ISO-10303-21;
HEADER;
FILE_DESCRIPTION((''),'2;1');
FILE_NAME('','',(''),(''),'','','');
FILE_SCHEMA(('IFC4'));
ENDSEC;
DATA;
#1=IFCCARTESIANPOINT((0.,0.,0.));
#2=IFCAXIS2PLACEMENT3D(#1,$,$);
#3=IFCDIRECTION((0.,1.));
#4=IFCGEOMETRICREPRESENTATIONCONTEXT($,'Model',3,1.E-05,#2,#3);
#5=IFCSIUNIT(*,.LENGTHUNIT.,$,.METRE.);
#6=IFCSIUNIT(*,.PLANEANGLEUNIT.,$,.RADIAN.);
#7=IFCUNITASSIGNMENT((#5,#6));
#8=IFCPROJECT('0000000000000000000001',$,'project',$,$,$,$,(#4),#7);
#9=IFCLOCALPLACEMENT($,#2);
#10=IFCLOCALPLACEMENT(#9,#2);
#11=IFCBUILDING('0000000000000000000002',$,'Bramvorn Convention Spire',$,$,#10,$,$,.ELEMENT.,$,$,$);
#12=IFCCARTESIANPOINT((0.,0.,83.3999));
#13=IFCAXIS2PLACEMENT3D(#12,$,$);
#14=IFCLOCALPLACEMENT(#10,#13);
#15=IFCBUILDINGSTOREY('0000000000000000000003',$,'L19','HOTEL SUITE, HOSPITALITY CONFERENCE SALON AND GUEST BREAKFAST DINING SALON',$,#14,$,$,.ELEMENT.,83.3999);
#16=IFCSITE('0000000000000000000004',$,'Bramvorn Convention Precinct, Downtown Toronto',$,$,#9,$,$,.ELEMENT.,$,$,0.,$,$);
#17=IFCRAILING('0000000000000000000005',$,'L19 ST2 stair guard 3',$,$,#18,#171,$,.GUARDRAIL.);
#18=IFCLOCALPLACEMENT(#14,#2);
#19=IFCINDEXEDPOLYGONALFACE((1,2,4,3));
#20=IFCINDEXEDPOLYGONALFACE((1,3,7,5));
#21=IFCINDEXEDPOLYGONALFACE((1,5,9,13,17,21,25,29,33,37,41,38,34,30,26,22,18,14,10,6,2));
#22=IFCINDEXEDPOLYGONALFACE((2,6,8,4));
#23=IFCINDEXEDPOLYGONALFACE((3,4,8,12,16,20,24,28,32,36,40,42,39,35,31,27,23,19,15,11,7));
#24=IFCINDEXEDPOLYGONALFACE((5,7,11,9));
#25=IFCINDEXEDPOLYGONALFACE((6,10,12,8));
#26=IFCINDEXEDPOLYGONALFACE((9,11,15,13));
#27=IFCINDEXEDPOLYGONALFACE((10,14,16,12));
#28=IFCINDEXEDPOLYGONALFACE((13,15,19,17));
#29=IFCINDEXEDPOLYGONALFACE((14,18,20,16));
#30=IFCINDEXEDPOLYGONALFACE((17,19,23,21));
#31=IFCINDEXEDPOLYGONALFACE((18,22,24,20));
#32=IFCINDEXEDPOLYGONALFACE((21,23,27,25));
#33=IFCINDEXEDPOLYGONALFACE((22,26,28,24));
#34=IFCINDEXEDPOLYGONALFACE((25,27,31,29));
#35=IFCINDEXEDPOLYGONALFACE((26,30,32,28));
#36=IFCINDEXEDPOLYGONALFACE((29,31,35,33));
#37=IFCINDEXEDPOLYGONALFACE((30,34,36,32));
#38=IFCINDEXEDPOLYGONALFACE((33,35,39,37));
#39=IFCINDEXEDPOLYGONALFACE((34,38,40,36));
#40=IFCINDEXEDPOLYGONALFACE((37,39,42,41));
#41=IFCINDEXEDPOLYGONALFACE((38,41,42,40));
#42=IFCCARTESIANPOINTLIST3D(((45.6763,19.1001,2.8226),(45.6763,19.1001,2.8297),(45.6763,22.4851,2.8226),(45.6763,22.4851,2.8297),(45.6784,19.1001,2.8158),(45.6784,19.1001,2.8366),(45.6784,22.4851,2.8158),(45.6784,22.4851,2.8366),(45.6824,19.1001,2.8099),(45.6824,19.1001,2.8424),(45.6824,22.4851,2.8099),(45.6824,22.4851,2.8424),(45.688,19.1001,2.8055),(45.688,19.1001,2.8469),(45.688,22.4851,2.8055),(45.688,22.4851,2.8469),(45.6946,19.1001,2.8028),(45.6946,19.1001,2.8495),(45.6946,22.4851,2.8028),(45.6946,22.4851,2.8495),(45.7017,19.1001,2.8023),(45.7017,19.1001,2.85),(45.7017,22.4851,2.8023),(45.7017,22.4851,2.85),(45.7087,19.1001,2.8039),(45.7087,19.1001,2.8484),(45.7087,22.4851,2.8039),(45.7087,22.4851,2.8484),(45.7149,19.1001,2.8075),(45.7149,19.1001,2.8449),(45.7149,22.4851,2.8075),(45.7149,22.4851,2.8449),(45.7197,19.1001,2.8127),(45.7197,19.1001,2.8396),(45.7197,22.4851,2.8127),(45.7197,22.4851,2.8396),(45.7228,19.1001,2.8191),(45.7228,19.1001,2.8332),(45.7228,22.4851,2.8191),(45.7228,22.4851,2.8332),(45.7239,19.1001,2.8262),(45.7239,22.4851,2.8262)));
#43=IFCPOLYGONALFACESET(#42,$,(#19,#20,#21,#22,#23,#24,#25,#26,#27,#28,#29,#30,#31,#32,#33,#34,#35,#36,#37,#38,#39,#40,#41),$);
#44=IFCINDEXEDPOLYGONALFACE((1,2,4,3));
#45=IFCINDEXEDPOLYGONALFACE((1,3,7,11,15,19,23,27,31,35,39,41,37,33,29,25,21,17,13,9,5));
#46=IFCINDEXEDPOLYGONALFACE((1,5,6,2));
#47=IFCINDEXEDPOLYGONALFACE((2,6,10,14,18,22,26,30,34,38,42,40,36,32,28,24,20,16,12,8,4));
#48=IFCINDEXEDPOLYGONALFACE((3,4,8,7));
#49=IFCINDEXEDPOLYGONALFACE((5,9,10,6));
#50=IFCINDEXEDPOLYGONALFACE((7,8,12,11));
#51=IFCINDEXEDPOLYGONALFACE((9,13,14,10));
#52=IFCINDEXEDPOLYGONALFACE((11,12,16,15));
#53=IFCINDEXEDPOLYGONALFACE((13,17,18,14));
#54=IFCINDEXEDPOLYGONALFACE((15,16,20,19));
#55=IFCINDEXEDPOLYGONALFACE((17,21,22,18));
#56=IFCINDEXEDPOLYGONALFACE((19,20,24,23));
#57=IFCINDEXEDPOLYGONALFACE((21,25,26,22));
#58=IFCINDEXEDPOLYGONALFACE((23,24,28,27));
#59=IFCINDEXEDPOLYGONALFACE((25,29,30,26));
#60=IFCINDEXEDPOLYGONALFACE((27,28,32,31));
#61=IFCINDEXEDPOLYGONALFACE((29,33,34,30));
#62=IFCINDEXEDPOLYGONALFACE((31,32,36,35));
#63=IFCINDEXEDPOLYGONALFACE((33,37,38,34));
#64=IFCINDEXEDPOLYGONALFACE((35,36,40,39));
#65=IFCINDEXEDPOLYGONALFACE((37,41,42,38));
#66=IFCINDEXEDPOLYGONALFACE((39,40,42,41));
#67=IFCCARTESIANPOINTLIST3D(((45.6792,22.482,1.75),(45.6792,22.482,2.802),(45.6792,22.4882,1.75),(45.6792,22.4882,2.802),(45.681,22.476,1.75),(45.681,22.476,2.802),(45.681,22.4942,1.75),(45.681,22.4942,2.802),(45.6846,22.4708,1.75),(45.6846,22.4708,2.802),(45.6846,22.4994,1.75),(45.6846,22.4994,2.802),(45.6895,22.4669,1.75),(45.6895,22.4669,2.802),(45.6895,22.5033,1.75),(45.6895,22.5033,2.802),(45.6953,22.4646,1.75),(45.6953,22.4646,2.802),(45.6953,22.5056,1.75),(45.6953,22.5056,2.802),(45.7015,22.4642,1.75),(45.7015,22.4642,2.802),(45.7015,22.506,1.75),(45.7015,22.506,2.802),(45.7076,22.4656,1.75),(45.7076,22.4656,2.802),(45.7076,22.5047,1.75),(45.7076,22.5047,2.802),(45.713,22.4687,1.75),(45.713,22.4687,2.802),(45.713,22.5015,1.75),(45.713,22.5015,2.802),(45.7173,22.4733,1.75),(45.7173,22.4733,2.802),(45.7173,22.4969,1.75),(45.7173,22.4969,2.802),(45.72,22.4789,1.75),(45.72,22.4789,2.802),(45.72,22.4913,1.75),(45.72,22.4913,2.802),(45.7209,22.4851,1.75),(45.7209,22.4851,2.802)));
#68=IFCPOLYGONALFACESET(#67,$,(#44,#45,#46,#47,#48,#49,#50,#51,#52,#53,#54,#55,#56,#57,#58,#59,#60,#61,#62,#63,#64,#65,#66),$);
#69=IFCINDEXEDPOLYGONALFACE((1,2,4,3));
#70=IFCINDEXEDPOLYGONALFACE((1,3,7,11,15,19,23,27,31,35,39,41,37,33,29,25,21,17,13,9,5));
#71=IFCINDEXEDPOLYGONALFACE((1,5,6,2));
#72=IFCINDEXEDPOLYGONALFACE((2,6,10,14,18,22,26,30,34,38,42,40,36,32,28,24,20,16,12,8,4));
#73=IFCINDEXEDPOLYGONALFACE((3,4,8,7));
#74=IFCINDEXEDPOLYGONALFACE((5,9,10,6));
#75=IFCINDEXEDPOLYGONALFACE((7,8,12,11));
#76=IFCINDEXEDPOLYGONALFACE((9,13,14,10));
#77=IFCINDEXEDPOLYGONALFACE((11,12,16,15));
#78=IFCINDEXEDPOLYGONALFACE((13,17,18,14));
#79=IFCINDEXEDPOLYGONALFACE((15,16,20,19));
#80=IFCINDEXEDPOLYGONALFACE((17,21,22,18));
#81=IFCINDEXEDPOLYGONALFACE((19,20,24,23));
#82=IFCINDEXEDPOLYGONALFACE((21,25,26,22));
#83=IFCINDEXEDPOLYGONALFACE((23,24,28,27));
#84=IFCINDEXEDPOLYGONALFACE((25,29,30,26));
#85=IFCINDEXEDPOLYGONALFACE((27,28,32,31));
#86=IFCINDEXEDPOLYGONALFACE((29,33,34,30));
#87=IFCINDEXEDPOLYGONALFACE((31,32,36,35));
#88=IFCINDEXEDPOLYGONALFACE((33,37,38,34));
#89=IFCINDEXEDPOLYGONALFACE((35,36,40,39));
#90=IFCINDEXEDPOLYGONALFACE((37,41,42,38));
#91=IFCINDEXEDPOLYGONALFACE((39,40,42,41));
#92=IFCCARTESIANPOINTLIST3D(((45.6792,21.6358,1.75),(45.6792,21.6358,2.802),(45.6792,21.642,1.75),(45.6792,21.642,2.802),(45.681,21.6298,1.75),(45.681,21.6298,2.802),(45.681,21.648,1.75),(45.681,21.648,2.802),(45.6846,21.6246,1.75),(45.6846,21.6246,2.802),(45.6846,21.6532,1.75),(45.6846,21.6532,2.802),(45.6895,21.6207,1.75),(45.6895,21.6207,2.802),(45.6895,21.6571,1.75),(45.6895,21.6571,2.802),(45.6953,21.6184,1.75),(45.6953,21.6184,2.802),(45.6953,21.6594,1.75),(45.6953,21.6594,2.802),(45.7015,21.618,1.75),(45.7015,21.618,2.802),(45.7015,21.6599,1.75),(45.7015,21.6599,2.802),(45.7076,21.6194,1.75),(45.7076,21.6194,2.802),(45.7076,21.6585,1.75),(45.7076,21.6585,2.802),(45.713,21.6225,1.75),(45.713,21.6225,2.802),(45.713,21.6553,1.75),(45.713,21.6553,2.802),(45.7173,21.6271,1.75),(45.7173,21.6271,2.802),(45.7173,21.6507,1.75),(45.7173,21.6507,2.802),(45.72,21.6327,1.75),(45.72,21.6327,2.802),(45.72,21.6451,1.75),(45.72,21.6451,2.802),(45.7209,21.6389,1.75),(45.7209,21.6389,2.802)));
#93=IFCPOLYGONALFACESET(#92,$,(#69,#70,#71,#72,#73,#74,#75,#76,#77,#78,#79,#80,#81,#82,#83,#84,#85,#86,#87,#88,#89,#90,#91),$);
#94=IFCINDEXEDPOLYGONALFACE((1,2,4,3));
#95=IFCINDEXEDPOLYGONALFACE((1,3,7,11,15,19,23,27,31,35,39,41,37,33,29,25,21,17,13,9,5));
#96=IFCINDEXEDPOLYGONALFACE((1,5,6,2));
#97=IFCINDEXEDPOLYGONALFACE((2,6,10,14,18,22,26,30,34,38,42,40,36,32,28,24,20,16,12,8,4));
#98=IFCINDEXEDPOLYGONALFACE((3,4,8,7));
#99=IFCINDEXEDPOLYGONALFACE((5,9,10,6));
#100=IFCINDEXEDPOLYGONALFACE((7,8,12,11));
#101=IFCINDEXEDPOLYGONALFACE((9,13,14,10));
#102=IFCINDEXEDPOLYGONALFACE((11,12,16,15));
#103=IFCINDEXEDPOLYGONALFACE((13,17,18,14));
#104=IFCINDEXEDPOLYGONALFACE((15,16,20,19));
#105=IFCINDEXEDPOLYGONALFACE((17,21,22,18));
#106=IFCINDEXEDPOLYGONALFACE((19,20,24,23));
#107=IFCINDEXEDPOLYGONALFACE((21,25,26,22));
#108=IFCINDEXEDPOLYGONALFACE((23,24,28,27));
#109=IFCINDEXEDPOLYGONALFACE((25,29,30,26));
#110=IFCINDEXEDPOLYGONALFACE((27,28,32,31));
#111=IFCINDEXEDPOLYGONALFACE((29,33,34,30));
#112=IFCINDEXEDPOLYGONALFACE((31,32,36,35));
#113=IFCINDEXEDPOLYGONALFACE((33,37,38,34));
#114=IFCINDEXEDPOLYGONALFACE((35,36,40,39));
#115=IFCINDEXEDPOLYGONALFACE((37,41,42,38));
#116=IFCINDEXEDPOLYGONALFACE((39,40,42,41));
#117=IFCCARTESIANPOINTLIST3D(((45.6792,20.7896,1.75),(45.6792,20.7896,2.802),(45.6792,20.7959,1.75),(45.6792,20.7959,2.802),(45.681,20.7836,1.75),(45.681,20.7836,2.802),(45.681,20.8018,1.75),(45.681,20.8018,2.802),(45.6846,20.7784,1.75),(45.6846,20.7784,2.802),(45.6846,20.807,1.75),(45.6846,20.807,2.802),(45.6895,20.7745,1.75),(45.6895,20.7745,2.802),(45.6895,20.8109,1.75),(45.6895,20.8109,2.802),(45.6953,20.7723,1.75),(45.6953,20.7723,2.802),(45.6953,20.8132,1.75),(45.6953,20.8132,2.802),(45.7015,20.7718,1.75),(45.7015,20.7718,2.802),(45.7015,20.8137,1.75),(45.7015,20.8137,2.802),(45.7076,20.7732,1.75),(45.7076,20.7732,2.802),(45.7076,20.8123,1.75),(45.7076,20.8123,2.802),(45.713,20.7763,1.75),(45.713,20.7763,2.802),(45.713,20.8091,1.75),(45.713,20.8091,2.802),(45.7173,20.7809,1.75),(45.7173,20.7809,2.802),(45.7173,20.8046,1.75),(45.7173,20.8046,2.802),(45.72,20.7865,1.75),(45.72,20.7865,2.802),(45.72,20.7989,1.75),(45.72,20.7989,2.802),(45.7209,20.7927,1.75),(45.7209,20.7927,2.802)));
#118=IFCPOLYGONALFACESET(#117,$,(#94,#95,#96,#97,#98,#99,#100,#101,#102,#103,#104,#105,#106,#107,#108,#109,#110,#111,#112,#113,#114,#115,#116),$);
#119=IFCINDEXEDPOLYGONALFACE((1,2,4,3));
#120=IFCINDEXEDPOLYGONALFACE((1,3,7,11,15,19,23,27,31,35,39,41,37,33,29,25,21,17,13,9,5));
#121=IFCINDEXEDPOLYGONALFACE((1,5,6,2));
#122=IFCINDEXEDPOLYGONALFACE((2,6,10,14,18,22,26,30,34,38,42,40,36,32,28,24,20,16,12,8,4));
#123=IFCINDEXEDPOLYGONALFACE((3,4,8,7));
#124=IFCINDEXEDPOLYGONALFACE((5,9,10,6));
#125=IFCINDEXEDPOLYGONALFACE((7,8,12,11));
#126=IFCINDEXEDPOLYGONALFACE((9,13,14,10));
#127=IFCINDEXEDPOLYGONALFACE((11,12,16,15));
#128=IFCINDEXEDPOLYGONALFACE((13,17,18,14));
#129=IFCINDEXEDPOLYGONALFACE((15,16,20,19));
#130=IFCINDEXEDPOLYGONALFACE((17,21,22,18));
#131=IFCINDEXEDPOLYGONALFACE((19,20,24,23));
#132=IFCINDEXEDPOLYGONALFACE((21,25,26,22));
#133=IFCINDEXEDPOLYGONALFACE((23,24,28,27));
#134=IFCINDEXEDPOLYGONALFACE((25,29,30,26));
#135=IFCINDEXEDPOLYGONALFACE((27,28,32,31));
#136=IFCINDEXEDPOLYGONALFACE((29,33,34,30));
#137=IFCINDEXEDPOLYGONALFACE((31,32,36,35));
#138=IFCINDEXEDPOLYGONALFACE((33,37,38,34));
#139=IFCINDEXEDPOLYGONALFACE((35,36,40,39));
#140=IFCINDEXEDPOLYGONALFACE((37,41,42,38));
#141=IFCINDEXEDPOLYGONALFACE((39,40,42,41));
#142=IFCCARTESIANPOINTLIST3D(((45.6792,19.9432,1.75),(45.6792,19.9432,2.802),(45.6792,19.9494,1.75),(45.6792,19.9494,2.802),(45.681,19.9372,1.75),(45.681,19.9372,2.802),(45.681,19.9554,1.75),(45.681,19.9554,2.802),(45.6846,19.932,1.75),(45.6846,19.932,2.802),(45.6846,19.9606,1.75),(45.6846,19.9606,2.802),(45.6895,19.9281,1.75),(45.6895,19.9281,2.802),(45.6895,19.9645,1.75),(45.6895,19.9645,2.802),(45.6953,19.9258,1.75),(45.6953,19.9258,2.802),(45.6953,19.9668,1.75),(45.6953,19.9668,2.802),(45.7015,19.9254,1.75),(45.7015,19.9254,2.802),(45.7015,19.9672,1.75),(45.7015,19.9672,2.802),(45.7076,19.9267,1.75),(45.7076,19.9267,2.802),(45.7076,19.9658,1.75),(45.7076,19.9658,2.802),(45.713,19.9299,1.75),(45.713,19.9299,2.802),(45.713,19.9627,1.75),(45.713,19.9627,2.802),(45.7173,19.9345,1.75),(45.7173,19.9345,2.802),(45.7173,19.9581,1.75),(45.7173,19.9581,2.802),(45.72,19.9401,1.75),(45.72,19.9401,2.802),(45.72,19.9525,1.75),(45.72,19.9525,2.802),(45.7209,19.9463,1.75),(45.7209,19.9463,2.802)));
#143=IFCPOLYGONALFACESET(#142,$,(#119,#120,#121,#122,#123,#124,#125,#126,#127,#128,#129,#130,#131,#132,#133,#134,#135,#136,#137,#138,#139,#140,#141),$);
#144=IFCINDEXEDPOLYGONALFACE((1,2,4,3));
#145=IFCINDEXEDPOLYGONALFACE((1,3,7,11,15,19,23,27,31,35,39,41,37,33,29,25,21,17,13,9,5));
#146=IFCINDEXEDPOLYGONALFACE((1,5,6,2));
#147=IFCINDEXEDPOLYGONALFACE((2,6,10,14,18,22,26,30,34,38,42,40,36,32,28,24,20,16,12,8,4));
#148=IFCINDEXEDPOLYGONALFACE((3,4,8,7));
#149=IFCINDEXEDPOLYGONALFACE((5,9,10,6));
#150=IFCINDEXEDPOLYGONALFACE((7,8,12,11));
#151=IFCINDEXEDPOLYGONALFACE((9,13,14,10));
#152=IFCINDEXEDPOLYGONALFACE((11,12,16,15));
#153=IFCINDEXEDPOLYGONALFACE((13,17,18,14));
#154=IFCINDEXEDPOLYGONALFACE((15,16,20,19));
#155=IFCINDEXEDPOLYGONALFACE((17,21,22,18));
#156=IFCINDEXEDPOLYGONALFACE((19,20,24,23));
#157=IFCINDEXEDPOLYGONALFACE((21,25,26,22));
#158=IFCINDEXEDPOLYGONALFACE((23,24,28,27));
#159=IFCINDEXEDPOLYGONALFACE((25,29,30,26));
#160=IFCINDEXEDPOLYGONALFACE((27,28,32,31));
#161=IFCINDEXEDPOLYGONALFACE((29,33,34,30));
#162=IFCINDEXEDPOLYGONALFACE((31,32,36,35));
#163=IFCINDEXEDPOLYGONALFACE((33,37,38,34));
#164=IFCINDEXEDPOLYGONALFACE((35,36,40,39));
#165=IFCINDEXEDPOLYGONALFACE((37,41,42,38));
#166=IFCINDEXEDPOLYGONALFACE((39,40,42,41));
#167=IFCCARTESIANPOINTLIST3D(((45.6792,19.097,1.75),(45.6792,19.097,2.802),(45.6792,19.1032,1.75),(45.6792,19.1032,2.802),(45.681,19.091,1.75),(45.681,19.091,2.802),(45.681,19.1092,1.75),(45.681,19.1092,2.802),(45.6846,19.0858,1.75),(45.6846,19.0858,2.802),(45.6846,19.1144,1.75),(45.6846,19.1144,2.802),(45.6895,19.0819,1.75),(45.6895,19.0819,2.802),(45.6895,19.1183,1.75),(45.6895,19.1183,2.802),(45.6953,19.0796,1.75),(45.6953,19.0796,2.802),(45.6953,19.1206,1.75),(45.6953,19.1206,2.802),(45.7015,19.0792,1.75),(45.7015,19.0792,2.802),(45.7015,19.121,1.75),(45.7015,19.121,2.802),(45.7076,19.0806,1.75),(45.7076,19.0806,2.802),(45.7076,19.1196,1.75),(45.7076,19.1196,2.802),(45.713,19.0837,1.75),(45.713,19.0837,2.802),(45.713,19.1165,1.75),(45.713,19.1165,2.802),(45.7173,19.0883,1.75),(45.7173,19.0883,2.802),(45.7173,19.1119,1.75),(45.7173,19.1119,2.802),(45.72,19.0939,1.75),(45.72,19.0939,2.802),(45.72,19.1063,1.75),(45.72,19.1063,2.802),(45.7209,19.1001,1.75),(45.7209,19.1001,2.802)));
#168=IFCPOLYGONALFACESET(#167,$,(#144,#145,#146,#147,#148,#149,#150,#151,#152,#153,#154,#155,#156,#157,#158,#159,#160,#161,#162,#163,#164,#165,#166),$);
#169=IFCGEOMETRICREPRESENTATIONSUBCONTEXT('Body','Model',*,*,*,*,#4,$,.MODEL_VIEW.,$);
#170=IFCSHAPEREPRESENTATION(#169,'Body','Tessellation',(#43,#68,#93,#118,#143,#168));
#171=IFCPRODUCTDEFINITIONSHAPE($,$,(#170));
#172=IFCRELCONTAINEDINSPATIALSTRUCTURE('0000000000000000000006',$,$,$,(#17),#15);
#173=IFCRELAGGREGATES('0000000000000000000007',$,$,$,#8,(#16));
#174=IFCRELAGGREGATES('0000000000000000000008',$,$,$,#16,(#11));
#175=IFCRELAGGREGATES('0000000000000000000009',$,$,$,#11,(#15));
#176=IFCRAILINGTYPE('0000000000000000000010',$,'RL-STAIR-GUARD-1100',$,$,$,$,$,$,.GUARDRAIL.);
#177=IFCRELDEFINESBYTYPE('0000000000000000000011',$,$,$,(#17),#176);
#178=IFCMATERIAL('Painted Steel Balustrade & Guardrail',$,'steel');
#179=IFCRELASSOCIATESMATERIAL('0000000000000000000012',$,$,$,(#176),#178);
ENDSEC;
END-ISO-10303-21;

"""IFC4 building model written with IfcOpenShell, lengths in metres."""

from ifc_helpers import new_model, si_unit, direction, frame, origin, origin_2d, place, context, subcontext, project, spatial, circle, extrude, material, type_object, element, save


model = new_model("IFC4")

# Units and contexts
model_context = context("Model", 3, precision=1e-05, world=origin(), true_north=direction((0.0, 1.0)))
body_context = subcontext(model_context, "Body", "Model", "MODEL_VIEW")
ifc_project = project(units=[si_unit("LENGTHUNIT", "METRE"), si_unit("PLANEANGLEUNIT", "RADIAN")], contexts=[model_context])

# Site, building, storey
site_placement = place(None, origin())
site = spatial("IfcSite", under=ifc_project, at=site_placement, Name="Bramvorn Convention Precinct, Downtown Toronto", CompositionType="ELEMENT", RefElevation=0.0)
building_placement = place(site_placement, origin())
building = spatial("IfcBuilding", under=site, at=building_placement, Name="Bramvorn Convention Spire", CompositionType="ELEMENT")
storey_placement = place(building_placement, frame((0.0, 0.0, 83.3999)))
storey = spatial("IfcBuildingStorey", under=building, at=storey_placement, Name="L19", Description="HOTEL SUITE, HOSPITALITY CONFERENCE SALON AND GUEST BREAKFAST DINING SALON", CompositionType="ELEMENT", Elevation=83.3999)

# Railing
ifc_material_1 = material(Name="Painted Steel Balustrade & Guardrail", Category="steel")
railing_type = type_object("IfcRailingType", Name="RL-STAIR-GUARD-1100", PredefinedType="GUARDRAIL", material=ifc_material_1)
railing_1_placement = place(storey_placement, frame((45.7, 22.4851, 1.75)))
element("IfcRailing", 1, at=railing_1_placement, inside=storey, type_object=railing_type, Name="L19 ST2 stair guard 3", PredefinedType="GUARDRAIL", context=body_context, shape_type="SweptSolid", body=[
    extrude(circle(Radius=0.0239, at=origin_2d()), frame((0.0, 0.0, 1.0762), z_axis=(0.0, -1.0, 0.0), x_axis=(1.0, 0.0, 0.0)), (0.0, 0.0, 1.0), 3.385),
    extrude(circle(Radius=0.021, at=origin_2d()), origin(), (0.0, 0.0, 1.0), 1.052),
    extrude(circle(Radius=0.021, at=origin_2d()), frame((0.0, -0.8462, 0.0)), (0.0, 0.0, 1.0), 1.052),
    extrude(circle(Radius=0.021, at=origin_2d()), frame((0.0, -1.6924, 0.0)), (0.0, 0.0, 1.0), 1.052),
    extrude(circle(Radius=0.021, at=origin_2d()), frame((0.0, -2.5388, 0.0)), (0.0, 0.0, 1.0), 1.052),
    extrude(circle(Radius=0.021, at=origin_2d()), frame((0.0, -3.385, 0.0)), (0.0, 0.0, 1.0), 1.052),
])

save(model, "model.ifc")
